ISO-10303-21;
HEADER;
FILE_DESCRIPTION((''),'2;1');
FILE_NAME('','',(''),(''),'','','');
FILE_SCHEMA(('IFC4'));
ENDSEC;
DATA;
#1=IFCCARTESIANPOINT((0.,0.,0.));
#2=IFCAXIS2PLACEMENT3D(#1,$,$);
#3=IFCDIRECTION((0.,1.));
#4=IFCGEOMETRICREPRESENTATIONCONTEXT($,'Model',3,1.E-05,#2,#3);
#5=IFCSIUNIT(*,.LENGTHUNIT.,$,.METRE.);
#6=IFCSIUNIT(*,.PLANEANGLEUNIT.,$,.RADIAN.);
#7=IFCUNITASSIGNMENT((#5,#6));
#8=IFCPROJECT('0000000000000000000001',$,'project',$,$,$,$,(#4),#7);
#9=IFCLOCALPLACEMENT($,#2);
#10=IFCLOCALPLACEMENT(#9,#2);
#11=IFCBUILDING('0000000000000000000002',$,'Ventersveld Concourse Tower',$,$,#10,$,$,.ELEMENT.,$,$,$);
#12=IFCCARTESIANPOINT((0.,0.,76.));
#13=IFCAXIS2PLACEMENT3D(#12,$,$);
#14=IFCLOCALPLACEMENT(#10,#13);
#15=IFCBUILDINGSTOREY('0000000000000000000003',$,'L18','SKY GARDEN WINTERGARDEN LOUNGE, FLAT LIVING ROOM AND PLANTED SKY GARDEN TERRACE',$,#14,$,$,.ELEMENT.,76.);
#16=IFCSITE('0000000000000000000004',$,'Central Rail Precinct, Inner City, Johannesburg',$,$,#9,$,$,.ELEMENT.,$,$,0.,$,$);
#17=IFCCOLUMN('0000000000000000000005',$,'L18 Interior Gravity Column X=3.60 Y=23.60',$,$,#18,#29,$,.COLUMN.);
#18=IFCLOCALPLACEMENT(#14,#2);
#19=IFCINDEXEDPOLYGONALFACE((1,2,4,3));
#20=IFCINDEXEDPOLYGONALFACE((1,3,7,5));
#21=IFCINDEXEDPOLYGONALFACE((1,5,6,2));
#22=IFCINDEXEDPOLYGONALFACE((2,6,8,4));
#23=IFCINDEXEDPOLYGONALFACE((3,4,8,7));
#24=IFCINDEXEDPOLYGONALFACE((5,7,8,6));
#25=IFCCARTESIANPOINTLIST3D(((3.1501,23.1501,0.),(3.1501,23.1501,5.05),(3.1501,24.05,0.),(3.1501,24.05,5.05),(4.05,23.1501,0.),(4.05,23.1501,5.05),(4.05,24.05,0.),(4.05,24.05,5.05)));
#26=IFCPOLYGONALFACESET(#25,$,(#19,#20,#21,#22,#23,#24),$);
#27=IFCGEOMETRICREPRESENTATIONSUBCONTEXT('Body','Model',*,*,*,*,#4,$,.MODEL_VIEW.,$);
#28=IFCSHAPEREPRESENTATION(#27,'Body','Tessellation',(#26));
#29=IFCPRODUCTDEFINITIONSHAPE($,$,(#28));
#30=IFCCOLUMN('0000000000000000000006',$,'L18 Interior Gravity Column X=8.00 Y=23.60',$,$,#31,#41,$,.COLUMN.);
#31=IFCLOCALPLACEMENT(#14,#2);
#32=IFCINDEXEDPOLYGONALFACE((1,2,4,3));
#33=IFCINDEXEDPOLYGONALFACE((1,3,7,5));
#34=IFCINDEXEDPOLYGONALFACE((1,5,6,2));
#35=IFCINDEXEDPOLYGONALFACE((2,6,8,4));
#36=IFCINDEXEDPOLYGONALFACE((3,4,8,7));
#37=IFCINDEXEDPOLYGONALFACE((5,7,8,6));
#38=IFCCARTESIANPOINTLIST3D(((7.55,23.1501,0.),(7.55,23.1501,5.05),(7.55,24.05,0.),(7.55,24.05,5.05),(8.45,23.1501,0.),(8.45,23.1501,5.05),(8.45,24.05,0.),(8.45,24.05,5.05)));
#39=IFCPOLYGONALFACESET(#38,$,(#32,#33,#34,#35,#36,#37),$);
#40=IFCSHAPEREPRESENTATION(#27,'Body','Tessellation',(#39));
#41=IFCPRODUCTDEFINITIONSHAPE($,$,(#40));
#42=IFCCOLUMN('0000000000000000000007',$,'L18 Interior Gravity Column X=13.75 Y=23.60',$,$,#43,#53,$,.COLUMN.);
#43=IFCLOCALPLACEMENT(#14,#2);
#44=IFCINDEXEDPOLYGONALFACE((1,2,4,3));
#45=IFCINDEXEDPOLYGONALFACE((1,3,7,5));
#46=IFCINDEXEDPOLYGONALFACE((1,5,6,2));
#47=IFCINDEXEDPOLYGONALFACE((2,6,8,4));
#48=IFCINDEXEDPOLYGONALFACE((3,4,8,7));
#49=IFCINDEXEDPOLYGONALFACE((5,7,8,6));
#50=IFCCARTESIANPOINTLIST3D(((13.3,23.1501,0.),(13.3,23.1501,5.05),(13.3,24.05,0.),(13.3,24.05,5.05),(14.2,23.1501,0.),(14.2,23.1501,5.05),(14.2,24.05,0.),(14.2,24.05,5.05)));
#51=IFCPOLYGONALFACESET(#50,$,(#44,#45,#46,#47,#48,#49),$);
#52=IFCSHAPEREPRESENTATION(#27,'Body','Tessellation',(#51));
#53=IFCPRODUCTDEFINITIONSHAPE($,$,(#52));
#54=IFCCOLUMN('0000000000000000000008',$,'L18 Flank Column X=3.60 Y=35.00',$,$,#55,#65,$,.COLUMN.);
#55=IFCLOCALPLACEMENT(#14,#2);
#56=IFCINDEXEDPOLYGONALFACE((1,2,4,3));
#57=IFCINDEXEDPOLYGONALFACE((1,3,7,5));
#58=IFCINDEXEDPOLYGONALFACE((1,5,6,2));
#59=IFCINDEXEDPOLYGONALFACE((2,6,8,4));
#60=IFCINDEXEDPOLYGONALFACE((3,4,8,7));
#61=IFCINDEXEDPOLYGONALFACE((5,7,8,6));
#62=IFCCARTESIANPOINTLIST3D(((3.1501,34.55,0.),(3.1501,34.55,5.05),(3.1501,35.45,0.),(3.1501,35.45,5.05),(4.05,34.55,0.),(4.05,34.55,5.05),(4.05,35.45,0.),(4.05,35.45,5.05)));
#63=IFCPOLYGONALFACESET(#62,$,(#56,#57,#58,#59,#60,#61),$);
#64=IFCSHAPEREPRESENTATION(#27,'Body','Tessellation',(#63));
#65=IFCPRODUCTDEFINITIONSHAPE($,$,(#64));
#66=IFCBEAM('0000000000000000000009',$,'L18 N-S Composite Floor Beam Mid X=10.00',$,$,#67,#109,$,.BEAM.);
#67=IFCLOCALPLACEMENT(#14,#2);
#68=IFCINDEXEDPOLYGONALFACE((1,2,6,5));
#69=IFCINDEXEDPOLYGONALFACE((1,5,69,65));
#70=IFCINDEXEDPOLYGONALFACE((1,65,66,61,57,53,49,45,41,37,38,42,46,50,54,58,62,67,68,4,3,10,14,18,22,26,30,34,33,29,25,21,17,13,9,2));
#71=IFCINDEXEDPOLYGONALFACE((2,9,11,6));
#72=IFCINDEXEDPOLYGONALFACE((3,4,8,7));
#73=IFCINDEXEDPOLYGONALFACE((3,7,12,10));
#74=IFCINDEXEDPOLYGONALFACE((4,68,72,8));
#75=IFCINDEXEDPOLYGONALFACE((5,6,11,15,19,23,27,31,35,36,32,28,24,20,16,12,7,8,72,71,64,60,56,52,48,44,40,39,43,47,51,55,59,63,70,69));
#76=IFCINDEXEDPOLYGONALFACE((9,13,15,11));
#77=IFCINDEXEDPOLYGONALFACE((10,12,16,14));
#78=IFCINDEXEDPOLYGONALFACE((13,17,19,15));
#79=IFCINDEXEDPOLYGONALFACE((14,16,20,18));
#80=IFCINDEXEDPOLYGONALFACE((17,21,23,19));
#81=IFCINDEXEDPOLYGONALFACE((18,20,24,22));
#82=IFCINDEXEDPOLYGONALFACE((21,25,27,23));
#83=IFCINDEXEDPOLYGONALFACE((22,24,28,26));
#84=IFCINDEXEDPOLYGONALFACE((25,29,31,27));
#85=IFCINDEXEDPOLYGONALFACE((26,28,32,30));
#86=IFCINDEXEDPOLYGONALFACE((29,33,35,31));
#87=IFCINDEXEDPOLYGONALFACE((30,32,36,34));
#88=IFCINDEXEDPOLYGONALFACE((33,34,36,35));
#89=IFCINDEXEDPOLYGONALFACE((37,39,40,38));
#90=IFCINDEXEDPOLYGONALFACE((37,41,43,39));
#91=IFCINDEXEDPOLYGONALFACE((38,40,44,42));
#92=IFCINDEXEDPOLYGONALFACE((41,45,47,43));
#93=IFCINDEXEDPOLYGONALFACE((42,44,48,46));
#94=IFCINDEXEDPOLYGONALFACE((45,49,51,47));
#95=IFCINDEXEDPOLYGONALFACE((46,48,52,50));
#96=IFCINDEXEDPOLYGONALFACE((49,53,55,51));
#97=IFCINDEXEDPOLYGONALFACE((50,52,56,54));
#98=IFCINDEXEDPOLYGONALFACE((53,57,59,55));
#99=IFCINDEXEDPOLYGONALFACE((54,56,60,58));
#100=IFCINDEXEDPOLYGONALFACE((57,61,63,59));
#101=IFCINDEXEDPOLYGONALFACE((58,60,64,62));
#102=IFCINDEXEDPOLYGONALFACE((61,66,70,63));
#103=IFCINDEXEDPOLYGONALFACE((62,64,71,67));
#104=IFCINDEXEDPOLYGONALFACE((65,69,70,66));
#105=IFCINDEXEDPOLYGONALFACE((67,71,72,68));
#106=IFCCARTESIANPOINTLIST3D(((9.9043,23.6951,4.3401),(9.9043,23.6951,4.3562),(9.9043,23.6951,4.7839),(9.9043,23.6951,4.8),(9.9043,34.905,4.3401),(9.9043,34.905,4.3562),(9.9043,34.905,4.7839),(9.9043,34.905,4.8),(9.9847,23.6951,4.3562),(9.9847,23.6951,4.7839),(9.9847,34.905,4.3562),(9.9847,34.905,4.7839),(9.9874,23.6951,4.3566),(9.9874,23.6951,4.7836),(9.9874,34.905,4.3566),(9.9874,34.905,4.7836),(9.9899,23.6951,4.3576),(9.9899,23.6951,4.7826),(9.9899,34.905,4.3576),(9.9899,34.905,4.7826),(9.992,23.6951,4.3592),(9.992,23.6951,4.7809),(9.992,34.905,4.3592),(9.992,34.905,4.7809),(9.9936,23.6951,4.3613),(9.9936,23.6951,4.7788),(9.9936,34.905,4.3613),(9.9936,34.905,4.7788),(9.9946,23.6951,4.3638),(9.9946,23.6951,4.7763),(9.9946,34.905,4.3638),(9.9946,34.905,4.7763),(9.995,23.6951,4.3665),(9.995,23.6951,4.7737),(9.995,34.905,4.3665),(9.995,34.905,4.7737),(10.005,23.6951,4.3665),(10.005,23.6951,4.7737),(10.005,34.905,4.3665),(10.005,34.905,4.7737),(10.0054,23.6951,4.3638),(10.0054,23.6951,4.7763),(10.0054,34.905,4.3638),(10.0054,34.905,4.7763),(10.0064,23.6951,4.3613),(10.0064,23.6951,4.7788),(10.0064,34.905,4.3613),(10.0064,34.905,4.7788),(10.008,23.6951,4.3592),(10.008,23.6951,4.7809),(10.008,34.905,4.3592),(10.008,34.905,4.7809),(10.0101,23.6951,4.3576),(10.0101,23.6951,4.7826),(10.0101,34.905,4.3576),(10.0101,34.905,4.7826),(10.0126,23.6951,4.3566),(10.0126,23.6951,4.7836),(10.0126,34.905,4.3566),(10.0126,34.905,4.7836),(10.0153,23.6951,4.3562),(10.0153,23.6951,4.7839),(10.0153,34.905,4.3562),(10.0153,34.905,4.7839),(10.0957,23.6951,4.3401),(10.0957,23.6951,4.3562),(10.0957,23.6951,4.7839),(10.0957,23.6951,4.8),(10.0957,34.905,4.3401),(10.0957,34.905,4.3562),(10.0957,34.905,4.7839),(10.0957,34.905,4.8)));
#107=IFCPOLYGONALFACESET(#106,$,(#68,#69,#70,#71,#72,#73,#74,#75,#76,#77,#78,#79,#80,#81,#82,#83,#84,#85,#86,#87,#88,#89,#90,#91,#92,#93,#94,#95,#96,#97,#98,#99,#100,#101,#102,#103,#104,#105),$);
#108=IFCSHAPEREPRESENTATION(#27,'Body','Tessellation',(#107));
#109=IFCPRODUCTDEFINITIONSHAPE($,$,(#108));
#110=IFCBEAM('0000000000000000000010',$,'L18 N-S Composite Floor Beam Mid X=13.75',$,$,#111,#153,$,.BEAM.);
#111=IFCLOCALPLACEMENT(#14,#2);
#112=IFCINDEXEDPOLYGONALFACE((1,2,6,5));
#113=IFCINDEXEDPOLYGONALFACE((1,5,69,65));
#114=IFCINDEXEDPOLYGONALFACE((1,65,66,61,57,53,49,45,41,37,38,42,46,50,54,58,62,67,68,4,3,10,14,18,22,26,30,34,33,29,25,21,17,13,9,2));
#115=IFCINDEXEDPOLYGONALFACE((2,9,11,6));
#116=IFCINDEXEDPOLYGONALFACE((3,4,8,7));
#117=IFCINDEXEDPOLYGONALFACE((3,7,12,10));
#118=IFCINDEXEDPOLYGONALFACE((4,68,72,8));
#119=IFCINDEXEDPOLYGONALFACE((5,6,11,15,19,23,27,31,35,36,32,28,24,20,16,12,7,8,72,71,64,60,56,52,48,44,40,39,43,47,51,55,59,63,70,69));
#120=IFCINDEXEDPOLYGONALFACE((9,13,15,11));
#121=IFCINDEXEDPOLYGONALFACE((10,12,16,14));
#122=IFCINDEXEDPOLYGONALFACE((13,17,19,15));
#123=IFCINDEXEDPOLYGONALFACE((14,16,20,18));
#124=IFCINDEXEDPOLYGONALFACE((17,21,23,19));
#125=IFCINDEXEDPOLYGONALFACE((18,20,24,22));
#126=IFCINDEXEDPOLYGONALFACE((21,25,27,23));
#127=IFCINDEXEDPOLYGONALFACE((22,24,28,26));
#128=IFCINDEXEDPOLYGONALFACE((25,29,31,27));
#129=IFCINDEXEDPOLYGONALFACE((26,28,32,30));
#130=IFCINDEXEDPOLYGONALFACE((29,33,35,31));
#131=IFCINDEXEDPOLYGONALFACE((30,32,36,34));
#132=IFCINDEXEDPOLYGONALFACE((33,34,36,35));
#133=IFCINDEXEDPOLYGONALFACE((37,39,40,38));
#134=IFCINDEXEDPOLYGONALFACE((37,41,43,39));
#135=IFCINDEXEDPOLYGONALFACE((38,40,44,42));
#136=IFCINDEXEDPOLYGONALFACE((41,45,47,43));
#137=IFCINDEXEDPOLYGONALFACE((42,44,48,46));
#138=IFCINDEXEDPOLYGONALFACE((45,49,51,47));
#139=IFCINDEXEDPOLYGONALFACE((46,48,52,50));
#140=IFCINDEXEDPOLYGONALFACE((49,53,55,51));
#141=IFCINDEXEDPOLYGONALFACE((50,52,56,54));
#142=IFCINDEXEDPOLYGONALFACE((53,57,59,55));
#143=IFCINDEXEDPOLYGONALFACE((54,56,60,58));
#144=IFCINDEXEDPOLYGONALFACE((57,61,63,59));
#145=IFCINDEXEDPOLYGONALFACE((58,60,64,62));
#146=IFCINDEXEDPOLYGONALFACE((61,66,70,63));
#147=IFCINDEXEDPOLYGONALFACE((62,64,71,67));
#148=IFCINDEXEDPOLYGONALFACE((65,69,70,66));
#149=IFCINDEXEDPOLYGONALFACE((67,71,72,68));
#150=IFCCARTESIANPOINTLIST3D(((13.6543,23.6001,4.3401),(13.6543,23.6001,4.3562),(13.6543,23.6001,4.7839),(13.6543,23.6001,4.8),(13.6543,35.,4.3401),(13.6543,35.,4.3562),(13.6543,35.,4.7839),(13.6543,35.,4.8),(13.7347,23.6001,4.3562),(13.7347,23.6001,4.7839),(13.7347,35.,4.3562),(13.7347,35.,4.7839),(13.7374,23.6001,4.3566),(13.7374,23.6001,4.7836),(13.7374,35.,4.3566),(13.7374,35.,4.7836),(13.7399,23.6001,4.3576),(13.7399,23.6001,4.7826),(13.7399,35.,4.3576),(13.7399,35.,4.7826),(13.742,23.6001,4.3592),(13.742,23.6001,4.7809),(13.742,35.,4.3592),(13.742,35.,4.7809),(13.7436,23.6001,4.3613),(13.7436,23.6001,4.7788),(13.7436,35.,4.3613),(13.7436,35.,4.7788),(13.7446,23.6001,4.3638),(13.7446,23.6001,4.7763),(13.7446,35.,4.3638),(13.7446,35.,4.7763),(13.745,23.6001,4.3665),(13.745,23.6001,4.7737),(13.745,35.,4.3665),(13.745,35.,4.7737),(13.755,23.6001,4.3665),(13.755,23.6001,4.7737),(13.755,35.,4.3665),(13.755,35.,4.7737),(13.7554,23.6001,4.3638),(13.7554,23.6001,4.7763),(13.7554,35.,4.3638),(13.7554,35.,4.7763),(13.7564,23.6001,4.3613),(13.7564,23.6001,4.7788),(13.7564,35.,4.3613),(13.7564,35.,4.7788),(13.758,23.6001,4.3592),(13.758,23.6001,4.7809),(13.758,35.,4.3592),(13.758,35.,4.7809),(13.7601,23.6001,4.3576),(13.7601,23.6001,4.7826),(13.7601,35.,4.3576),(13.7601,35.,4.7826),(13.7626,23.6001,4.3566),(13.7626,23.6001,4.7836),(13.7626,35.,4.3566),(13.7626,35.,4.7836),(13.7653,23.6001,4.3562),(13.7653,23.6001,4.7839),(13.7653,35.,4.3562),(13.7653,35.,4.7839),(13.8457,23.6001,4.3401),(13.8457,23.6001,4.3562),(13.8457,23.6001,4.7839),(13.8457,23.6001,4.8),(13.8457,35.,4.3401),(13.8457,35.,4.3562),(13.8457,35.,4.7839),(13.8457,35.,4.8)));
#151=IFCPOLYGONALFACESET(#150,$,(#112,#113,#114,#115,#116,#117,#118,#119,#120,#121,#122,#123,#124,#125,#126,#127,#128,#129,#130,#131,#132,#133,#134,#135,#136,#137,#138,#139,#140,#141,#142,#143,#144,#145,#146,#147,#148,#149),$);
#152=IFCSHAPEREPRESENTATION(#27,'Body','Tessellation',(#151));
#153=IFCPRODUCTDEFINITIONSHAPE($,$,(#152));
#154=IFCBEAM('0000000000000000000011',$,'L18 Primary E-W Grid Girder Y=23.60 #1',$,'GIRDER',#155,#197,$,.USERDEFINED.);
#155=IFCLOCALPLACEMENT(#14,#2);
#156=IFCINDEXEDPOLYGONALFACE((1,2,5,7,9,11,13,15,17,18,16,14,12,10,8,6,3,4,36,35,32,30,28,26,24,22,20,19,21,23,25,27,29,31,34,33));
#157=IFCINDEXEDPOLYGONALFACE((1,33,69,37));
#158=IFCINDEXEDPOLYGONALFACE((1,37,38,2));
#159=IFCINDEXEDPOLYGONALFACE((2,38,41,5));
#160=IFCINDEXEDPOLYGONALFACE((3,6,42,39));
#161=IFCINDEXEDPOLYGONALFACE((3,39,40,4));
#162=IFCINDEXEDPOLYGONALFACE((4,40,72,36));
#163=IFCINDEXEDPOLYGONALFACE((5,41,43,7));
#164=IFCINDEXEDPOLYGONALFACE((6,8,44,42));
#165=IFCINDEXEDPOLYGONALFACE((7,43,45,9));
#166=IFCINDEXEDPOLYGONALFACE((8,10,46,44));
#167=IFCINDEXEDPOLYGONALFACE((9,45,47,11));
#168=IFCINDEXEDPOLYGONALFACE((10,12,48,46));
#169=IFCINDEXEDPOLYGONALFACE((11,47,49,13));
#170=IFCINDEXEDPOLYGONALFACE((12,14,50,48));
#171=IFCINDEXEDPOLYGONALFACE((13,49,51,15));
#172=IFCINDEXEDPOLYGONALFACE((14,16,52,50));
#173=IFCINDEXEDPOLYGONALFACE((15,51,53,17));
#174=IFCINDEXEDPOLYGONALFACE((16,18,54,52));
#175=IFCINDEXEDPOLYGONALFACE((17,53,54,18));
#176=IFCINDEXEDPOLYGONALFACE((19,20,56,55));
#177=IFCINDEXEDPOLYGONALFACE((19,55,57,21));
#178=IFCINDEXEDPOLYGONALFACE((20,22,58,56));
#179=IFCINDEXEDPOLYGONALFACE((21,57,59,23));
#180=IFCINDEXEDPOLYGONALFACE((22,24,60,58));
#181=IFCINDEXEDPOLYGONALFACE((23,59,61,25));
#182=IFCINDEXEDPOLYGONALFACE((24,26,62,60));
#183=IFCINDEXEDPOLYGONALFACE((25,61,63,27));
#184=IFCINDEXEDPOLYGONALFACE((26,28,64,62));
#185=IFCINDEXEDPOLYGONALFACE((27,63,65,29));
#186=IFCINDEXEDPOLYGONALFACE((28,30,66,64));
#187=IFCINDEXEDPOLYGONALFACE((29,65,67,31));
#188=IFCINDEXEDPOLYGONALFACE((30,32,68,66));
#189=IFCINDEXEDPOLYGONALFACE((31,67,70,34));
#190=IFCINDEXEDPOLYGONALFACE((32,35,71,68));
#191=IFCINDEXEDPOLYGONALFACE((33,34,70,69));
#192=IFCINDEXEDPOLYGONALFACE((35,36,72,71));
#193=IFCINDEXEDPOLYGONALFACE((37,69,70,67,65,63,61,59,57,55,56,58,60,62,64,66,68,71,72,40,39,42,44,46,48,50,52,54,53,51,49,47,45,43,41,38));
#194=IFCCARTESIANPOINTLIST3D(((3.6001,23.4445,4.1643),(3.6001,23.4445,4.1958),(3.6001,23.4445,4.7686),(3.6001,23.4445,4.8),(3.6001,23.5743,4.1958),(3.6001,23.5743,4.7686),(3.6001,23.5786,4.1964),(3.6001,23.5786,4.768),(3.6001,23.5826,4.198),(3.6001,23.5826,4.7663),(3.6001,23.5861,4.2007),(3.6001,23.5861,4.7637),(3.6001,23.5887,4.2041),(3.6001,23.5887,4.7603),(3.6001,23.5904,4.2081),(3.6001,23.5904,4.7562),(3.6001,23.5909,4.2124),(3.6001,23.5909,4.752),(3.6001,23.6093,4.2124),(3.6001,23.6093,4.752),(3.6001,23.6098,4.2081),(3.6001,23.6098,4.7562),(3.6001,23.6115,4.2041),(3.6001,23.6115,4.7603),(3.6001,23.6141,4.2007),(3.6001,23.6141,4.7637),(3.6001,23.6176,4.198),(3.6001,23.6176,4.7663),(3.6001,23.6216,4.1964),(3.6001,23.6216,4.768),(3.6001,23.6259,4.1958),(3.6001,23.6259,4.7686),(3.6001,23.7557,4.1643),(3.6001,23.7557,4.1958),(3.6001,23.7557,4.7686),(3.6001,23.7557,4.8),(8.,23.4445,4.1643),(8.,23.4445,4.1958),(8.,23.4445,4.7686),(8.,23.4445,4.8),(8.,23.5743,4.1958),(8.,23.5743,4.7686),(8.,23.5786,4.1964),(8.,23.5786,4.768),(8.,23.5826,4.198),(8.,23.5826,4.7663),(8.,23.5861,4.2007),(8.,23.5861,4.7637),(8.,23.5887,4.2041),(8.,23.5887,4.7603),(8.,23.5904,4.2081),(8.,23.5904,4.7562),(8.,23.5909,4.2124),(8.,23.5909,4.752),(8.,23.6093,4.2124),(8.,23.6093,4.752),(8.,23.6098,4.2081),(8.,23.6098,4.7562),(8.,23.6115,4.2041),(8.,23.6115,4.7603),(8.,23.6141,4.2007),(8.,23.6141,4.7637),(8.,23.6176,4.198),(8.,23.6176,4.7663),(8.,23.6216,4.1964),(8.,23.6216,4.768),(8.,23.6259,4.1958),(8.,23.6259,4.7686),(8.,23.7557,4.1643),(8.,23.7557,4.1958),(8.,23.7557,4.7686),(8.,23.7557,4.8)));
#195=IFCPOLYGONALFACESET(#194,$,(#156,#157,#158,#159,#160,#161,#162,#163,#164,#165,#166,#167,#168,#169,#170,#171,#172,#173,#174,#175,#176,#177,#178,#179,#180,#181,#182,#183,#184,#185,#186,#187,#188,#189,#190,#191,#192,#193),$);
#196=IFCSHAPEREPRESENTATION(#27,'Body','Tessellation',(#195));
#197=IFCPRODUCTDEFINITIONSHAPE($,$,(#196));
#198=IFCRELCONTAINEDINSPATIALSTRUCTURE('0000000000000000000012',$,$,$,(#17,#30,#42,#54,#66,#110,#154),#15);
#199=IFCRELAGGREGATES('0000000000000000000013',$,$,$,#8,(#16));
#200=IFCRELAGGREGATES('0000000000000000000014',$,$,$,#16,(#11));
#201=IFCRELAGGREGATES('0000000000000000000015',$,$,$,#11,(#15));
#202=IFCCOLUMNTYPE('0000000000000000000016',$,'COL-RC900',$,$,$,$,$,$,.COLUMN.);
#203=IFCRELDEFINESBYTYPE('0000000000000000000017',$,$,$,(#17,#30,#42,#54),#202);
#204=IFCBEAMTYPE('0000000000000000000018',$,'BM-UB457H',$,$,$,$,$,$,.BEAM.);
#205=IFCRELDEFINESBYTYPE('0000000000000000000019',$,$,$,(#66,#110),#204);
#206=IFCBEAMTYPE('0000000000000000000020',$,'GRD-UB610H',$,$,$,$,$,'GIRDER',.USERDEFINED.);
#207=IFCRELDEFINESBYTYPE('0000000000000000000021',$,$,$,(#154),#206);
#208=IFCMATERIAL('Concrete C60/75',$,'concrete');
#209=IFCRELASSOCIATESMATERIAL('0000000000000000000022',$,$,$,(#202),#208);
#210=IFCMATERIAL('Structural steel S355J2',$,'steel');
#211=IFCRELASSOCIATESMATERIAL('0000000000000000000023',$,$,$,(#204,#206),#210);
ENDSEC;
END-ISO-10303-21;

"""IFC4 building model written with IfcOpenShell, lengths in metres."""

from ifc_helpers import new_model, si_unit, direction, frame, origin, origin_2d, place, context, subcontext, project, spatial, rectangle, i_section, extrude, material, material_profile, profile_set, type_object, element, save


model = new_model("IFC4")

# Units and contexts
model_context = context("Model", 3, precision=1e-05, world=origin(), true_north=direction((0.0, 1.0)))
body_context = subcontext(model_context, "Body", "Model", "MODEL_VIEW")
ifc_project = project(units=[si_unit("LENGTHUNIT", "METRE"), si_unit("PLANEANGLEUNIT", "RADIAN")], contexts=[model_context])

# Site, building, storey
site_placement = place(None, origin())
site = spatial("IfcSite", under=ifc_project, at=site_placement, Name="Central Rail Precinct, Inner City, Johannesburg", CompositionType="ELEMENT", RefElevation=0.0)
building_placement = place(site_placement, origin())
building = spatial("IfcBuilding", under=site, at=building_placement, Name="Ventersveld Concourse Tower", CompositionType="ELEMENT")
storey_placement = place(building_placement, frame((0.0, 0.0, 76.0)))
storey = spatial("IfcBuildingStorey", under=building, at=storey_placement, Name="L18", Description="SKY GARDEN WINTERGARDEN LOUNGE, FLAT LIVING ROOM AND PLANTED SKY GARDEN TERRACE", CompositionType="ELEMENT", Elevation=76.0)

# Columns
ifc_material_1 = material(Name="Concrete C60/75", Category="concrete")
ifc_material_profile_1 = material_profile(ifc_material_1, rectangle(XDim=0.8999, YDim=0.8999, at=origin_2d()), Name="RC 900x900")
ifc_profile_set_1 = profile_set([ifc_material_profile_1], Name="Concrete C60/75")
column_type = type_object("IfcColumnType", Name="COL-RC900", PredefinedType="COLUMN", material=ifc_profile_set_1)
for number, where, z_axis, x_axis, name in (
    (1, (3.6001, 23.6001, 0.0), (0.0, 0.0, 1.0), (1.0, 0.0, 0.0), "L18 Interior Gravity Column X=3.60 Y=23.60"),
    (2, (8.0, 23.6001, 0.0), (0.0, 0.0, 1.0), (1.0, 0.0, 0.0), "L18 Interior Gravity Column X=8.00 Y=23.60"),
    (3, (13.75, 23.6001, 0.0), (0.0, 0.0, 1.0), (1.0, 0.0, 0.0), "L18 Interior Gravity Column X=13.75 Y=23.60"),
    (4, (3.6001, 35.0, 0.0), (0.0, 0.0, 1.0), (1.0, 0.0, 0.0), "L18 Flank Column X=3.60 Y=35.00"),
):
    element("IfcColumn", number, at=place(storey_placement, frame(where, z_axis=z_axis, x_axis=x_axis)), inside=storey, type_object=column_type, Name=name, PredefinedType="COLUMN", context=body_context, shape_type="SweptSolid", body=[
        extrude(rectangle(XDim=0.8999, YDim=0.8999, at=origin_2d()), origin(), (0.0, 0.0, 1.0), 5.05),
    ])

# Beams
ifc_material_2 = material(Name="Structural steel S355J2", Category="steel")
ifc_material_profile_2 = material_profile(ifc_material_2, i_section(OverallWidth=0.1914, OverallDepth=0.46, WebThickness=0.01, FlangeThickness=0.0161, FilletRadius=0.0103, at=origin_2d()), Name="UB 457x191x82")
ifc_profile_set_2 = profile_set([ifc_material_profile_2], Name="Structural steel S355J2")
beam_type_1 = type_object("IfcBeamType", Name="BM-UB457H", PredefinedType="BEAM", material=ifc_profile_set_2)
beam_1_placement = place(storey_placement, frame((10.0, 23.6951, 4.5701), z_axis=(0.0, 1.0, 0.0), x_axis=(-1.0, 0.0, 0.0)))
element("IfcBeam", 5, at=beam_1_placement, inside=storey, type_object=beam_type_1, Name="L18 N-S Composite Floor Beam Mid X=10.00", PredefinedType="BEAM", context=body_context, shape_type="SweptSolid", body=[
    extrude(i_section(OverallWidth=0.1914, OverallDepth=0.46, WebThickness=0.01, FlangeThickness=0.0161, FilletRadius=0.0103, at=origin_2d()), origin(), (0.0, 0.0, 1.0), 11.21),
])
beam_2_placement = place(storey_placement, frame((13.75, 23.6001, 4.5701), z_axis=(0.0, 1.0, 0.0), x_axis=(-1.0, 0.0, 0.0)))
element("IfcBeam", 6, at=beam_2_placement, inside=storey, type_object=beam_type_1, Name="L18 N-S Composite Floor Beam Mid X=13.75", PredefinedType="BEAM", context=body_context, shape_type="SweptSolid", body=[
    extrude(i_section(OverallWidth=0.1914, OverallDepth=0.46, WebThickness=0.01, FlangeThickness=0.0161, FilletRadius=0.0103, at=origin_2d()), origin(), (0.0, 0.0, 1.0), 11.3999),
])
ifc_material_profile_3 = material_profile(ifc_material_2, i_section(OverallWidth=0.3113, OverallDepth=0.6357, WebThickness=0.0183, FlangeThickness=0.0315, FilletRadius=0.0166, at=origin_2d()), Name="UB 610x305x238")
ifc_profile_set_3 = profile_set([ifc_material_profile_3], Name="Structural steel S355J2")
beam_type_2 = type_object("IfcBeamType", Name="GRD-UB610H", ElementType="GIRDER", PredefinedType="USERDEFINED", material=ifc_profile_set_3)
beam_3_placement = place(storey_placement, frame((3.6001, 23.6001, 4.4822), z_axis=(1.0, 0.0, 0.0), x_axis=(0.0, 1.0, 0.0)))
element("IfcBeam", 7, at=beam_3_placement, inside=storey, type_object=beam_type_2, Name="L18 Primary E-W Grid Girder Y=23.60 #1", ObjectType="GIRDER", PredefinedType="USERDEFINED", context=body_context, shape_type="SweptSolid", body=[
    extrude(i_section(OverallWidth=0.3113, OverallDepth=0.6357, WebThickness=0.0183, FlangeThickness=0.0315, FilletRadius=0.0166, at=origin_2d()), origin(), (0.0, 0.0, 1.0), 4.3999),
])

save(model, "model.ifc")
